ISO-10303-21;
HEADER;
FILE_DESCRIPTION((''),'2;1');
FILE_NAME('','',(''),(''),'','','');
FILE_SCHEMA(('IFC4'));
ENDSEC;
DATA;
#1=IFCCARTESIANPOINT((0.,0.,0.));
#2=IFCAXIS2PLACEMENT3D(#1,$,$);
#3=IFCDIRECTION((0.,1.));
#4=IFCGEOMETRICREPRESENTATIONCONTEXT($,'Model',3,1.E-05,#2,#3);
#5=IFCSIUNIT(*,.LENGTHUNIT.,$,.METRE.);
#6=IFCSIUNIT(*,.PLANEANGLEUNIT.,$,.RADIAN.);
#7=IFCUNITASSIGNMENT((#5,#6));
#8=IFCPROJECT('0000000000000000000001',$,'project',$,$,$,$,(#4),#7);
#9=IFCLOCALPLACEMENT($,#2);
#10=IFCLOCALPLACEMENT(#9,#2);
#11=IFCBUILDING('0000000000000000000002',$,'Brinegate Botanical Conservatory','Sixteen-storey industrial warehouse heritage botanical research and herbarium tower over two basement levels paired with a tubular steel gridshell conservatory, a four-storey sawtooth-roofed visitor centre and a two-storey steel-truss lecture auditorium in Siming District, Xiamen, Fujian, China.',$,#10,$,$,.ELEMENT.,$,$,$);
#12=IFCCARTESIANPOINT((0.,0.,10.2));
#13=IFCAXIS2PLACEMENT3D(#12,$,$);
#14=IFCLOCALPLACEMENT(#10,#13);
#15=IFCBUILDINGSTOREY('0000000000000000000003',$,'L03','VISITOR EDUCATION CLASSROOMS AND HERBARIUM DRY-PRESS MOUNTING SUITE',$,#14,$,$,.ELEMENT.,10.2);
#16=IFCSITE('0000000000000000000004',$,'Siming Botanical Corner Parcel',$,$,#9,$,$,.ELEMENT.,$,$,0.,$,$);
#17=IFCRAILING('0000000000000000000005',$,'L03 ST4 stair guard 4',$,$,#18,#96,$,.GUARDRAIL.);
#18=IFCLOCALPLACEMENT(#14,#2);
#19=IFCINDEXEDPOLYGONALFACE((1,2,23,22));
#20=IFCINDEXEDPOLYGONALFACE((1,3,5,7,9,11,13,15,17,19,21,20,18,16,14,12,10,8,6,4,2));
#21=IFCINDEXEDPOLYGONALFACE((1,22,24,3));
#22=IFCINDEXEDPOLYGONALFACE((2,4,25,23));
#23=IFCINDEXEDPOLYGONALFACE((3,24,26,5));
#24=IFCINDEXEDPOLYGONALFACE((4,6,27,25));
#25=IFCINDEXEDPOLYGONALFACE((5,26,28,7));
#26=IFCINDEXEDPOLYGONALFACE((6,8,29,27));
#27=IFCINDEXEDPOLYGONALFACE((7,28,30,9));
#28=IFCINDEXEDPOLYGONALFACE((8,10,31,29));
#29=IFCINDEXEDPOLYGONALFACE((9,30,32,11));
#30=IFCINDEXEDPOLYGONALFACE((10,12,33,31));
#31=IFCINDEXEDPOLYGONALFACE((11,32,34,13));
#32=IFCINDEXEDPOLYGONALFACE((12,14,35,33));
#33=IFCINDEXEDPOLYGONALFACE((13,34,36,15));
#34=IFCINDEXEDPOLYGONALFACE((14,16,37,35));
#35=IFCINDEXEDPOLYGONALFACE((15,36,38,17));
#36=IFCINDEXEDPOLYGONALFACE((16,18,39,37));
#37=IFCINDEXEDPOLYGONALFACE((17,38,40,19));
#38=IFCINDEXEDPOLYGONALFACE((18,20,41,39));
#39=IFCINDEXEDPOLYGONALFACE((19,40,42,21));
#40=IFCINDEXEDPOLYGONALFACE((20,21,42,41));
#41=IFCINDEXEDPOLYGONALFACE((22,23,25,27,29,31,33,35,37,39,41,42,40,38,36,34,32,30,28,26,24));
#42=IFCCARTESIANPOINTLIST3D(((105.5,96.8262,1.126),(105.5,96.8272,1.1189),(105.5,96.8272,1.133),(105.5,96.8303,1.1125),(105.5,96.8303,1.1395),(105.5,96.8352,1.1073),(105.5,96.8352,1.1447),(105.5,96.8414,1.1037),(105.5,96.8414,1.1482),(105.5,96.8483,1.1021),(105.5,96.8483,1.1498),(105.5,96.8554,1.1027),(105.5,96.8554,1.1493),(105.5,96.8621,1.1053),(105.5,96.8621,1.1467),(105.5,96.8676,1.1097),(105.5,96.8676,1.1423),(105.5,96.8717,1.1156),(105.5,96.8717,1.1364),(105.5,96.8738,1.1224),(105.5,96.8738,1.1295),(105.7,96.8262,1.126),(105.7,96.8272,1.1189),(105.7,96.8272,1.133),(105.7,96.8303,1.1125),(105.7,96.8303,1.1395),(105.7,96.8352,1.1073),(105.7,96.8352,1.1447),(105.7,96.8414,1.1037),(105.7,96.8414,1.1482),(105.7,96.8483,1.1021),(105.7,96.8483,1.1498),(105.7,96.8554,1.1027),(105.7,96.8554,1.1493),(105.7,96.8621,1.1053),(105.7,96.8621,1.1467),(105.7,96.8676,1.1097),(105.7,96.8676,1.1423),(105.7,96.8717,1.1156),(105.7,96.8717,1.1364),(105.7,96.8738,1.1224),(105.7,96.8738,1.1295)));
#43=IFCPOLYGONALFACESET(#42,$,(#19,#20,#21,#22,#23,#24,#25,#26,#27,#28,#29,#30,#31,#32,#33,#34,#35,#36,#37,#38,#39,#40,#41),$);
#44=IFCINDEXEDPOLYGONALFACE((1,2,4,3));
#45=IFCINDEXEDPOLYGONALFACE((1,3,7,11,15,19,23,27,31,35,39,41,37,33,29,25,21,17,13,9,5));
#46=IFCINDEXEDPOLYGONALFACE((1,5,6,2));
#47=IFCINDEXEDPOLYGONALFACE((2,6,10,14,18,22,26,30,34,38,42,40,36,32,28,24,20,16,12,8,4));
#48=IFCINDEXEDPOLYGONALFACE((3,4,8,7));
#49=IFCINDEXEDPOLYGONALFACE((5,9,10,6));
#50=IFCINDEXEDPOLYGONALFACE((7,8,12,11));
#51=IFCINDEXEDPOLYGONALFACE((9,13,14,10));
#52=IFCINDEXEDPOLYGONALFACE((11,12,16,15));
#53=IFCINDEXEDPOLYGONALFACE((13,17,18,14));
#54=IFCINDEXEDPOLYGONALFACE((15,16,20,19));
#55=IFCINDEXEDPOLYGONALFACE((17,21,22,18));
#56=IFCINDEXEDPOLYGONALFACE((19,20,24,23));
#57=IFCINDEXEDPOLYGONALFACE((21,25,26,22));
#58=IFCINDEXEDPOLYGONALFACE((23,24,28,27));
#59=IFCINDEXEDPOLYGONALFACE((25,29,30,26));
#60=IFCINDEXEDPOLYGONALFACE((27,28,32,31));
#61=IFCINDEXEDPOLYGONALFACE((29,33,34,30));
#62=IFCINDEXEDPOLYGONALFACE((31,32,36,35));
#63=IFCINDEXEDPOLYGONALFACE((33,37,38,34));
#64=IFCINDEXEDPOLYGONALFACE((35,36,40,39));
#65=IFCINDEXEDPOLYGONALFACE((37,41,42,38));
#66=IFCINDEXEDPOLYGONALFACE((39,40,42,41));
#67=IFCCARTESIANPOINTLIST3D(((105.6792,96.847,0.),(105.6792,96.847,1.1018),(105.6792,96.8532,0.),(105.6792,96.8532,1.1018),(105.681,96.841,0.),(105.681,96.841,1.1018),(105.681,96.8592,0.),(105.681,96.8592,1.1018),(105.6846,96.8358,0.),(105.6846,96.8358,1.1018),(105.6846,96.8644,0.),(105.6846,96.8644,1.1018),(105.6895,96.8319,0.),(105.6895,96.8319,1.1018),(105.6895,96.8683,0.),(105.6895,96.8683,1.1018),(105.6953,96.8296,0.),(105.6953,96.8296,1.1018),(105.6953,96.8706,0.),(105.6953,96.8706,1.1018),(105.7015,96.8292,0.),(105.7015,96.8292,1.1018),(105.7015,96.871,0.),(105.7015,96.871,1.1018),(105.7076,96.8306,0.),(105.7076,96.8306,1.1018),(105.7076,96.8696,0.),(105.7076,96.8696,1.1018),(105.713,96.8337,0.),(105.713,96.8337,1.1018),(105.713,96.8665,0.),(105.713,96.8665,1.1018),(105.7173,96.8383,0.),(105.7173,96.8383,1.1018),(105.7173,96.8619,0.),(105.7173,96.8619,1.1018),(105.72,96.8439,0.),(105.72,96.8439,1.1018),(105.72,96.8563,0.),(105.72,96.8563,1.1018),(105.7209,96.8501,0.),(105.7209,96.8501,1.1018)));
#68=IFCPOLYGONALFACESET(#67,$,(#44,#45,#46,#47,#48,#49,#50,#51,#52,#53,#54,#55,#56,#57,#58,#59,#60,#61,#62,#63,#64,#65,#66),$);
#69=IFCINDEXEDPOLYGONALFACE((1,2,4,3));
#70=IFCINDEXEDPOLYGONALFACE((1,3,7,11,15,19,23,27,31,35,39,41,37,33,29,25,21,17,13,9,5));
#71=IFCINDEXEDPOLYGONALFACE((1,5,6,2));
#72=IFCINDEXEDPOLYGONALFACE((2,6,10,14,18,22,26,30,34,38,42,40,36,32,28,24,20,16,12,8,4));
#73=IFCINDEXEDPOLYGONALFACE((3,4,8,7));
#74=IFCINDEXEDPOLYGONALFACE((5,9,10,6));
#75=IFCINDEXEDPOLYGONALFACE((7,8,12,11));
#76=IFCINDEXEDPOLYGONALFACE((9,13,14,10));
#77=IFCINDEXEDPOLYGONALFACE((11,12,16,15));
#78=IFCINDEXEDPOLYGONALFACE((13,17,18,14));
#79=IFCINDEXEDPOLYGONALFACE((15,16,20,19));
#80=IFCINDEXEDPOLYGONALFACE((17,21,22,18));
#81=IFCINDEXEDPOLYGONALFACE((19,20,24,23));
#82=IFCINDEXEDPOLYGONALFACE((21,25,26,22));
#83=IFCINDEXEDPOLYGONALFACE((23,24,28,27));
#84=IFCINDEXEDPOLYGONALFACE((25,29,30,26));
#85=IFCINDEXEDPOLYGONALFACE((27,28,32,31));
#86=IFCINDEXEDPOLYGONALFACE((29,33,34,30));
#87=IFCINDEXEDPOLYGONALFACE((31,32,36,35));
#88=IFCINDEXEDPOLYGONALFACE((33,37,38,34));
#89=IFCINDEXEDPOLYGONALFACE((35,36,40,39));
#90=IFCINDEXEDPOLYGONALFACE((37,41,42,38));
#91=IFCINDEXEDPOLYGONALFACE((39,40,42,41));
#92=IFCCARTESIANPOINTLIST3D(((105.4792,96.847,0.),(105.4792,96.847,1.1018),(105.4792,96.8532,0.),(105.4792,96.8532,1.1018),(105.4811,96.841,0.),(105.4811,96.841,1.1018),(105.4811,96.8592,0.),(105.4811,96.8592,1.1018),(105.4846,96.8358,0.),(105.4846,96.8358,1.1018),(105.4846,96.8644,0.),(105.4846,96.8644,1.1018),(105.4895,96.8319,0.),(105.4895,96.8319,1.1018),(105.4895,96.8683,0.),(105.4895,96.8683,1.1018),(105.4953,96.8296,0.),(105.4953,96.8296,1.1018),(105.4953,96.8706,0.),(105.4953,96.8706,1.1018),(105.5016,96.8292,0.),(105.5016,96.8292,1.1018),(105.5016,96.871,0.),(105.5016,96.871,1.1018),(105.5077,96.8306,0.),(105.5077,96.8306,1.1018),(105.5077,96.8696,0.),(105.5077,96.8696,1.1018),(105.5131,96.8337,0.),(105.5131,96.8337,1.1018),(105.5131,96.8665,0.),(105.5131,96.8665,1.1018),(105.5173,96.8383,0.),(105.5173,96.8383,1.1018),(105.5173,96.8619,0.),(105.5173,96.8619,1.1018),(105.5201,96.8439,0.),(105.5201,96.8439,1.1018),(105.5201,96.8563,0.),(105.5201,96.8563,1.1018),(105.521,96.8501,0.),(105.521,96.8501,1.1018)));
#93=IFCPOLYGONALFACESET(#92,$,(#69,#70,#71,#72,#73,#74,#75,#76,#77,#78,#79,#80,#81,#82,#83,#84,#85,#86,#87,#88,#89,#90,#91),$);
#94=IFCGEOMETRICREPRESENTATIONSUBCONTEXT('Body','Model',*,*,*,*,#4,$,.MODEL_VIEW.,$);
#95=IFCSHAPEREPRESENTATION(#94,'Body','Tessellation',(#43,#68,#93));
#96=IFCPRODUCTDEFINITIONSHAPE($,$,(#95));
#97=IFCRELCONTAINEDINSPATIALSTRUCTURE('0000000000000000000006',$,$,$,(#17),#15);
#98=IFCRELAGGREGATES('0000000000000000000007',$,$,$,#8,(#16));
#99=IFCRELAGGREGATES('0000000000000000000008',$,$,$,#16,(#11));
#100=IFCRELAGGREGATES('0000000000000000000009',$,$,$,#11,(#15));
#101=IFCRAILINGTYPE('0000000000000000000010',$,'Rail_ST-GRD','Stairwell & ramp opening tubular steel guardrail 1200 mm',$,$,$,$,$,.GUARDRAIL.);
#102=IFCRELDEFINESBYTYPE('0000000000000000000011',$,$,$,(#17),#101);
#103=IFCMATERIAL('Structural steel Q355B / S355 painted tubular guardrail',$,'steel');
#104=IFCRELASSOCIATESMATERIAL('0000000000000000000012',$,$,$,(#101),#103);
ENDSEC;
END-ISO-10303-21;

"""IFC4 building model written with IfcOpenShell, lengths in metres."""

from ifc_helpers import new_model, si_unit, direction, frame, origin, origin_2d, place, context, subcontext, project, spatial, circle, extrude, material, type_object, element, save


model = new_model("IFC4")

# Units and contexts
model_context = context("Model", 3, precision=1e-05, world=origin(), true_north=direction((0.0, 1.0)))
body_context = subcontext(model_context, "Body", "Model", "MODEL_VIEW")
ifc_project = project(units=[si_unit("LENGTHUNIT", "METRE"), si_unit("PLANEANGLEUNIT", "RADIAN")], contexts=[model_context])

# Site, building, storey
site_placement = place(None, origin())
site = spatial("IfcSite", under=ifc_project, at=site_placement, Name="Siming Botanical Corner Parcel", CompositionType="ELEMENT", RefElevation=0.0)
building_placement = place(site_placement, origin())
building = spatial("IfcBuilding", under=site, at=building_placement, Name="Brinegate Botanical Conservatory", Description="Sixteen-storey industrial warehouse heritage botanical research and herbarium tower over two basement levels paired with a tubular steel gridshell conservatory, a four-storey sawtooth-roofed visitor centre and a two-storey steel-truss lecture auditorium in Siming District, Xiamen, Fujian, China.", CompositionType="ELEMENT")
storey_placement = place(building_placement, frame((0.0, 0.0, 10.2)))
storey = spatial("IfcBuildingStorey", under=building, at=storey_placement, Name="L03", Description="VISITOR EDUCATION CLASSROOMS AND HERBARIUM DRY-PRESS MOUNTING SUITE", CompositionType="ELEMENT", Elevation=10.2)

# Railing
ifc_material_1 = material(Name="Structural steel Q355B / S355 painted tubular guardrail", Category="steel")
railing_type_1 = type_object("IfcRailingType", Name="Rail_ST-GRD", Description="Stairwell & ramp opening tubular steel guardrail 1200 mm", PredefinedType="GUARDRAIL", material=ifc_material_1)
railing_1_placement = place(storey_placement, frame((105.7, 96.8501, 0.0)))
element("IfcRailing", 1, at=railing_1_placement, inside=storey, type_object=railing_type_1, Name="L03 ST4 stair guard 4", PredefinedType="GUARDRAIL", context=body_context, shape_type="SweptSolid", body=[
    extrude(circle(Radius=0.0239, at=origin_2d()), frame((0.0, 0.0, 1.126), z_axis=(-1.0, 0.0, 0.0), x_axis=(0.0, -1.0, 0.0)), (0.0, 0.0, 1.0), 0.2),
    extrude(circle(Radius=0.021, at=origin_2d()), origin(), (0.0, 0.0, 1.0), 1.1018),
    extrude(circle(Radius=0.021, at=origin_2d()), frame((-0.2, 0.0, 0.0)), (0.0, 0.0, 1.0), 1.1018),
])

save(model, "model.ifc")
